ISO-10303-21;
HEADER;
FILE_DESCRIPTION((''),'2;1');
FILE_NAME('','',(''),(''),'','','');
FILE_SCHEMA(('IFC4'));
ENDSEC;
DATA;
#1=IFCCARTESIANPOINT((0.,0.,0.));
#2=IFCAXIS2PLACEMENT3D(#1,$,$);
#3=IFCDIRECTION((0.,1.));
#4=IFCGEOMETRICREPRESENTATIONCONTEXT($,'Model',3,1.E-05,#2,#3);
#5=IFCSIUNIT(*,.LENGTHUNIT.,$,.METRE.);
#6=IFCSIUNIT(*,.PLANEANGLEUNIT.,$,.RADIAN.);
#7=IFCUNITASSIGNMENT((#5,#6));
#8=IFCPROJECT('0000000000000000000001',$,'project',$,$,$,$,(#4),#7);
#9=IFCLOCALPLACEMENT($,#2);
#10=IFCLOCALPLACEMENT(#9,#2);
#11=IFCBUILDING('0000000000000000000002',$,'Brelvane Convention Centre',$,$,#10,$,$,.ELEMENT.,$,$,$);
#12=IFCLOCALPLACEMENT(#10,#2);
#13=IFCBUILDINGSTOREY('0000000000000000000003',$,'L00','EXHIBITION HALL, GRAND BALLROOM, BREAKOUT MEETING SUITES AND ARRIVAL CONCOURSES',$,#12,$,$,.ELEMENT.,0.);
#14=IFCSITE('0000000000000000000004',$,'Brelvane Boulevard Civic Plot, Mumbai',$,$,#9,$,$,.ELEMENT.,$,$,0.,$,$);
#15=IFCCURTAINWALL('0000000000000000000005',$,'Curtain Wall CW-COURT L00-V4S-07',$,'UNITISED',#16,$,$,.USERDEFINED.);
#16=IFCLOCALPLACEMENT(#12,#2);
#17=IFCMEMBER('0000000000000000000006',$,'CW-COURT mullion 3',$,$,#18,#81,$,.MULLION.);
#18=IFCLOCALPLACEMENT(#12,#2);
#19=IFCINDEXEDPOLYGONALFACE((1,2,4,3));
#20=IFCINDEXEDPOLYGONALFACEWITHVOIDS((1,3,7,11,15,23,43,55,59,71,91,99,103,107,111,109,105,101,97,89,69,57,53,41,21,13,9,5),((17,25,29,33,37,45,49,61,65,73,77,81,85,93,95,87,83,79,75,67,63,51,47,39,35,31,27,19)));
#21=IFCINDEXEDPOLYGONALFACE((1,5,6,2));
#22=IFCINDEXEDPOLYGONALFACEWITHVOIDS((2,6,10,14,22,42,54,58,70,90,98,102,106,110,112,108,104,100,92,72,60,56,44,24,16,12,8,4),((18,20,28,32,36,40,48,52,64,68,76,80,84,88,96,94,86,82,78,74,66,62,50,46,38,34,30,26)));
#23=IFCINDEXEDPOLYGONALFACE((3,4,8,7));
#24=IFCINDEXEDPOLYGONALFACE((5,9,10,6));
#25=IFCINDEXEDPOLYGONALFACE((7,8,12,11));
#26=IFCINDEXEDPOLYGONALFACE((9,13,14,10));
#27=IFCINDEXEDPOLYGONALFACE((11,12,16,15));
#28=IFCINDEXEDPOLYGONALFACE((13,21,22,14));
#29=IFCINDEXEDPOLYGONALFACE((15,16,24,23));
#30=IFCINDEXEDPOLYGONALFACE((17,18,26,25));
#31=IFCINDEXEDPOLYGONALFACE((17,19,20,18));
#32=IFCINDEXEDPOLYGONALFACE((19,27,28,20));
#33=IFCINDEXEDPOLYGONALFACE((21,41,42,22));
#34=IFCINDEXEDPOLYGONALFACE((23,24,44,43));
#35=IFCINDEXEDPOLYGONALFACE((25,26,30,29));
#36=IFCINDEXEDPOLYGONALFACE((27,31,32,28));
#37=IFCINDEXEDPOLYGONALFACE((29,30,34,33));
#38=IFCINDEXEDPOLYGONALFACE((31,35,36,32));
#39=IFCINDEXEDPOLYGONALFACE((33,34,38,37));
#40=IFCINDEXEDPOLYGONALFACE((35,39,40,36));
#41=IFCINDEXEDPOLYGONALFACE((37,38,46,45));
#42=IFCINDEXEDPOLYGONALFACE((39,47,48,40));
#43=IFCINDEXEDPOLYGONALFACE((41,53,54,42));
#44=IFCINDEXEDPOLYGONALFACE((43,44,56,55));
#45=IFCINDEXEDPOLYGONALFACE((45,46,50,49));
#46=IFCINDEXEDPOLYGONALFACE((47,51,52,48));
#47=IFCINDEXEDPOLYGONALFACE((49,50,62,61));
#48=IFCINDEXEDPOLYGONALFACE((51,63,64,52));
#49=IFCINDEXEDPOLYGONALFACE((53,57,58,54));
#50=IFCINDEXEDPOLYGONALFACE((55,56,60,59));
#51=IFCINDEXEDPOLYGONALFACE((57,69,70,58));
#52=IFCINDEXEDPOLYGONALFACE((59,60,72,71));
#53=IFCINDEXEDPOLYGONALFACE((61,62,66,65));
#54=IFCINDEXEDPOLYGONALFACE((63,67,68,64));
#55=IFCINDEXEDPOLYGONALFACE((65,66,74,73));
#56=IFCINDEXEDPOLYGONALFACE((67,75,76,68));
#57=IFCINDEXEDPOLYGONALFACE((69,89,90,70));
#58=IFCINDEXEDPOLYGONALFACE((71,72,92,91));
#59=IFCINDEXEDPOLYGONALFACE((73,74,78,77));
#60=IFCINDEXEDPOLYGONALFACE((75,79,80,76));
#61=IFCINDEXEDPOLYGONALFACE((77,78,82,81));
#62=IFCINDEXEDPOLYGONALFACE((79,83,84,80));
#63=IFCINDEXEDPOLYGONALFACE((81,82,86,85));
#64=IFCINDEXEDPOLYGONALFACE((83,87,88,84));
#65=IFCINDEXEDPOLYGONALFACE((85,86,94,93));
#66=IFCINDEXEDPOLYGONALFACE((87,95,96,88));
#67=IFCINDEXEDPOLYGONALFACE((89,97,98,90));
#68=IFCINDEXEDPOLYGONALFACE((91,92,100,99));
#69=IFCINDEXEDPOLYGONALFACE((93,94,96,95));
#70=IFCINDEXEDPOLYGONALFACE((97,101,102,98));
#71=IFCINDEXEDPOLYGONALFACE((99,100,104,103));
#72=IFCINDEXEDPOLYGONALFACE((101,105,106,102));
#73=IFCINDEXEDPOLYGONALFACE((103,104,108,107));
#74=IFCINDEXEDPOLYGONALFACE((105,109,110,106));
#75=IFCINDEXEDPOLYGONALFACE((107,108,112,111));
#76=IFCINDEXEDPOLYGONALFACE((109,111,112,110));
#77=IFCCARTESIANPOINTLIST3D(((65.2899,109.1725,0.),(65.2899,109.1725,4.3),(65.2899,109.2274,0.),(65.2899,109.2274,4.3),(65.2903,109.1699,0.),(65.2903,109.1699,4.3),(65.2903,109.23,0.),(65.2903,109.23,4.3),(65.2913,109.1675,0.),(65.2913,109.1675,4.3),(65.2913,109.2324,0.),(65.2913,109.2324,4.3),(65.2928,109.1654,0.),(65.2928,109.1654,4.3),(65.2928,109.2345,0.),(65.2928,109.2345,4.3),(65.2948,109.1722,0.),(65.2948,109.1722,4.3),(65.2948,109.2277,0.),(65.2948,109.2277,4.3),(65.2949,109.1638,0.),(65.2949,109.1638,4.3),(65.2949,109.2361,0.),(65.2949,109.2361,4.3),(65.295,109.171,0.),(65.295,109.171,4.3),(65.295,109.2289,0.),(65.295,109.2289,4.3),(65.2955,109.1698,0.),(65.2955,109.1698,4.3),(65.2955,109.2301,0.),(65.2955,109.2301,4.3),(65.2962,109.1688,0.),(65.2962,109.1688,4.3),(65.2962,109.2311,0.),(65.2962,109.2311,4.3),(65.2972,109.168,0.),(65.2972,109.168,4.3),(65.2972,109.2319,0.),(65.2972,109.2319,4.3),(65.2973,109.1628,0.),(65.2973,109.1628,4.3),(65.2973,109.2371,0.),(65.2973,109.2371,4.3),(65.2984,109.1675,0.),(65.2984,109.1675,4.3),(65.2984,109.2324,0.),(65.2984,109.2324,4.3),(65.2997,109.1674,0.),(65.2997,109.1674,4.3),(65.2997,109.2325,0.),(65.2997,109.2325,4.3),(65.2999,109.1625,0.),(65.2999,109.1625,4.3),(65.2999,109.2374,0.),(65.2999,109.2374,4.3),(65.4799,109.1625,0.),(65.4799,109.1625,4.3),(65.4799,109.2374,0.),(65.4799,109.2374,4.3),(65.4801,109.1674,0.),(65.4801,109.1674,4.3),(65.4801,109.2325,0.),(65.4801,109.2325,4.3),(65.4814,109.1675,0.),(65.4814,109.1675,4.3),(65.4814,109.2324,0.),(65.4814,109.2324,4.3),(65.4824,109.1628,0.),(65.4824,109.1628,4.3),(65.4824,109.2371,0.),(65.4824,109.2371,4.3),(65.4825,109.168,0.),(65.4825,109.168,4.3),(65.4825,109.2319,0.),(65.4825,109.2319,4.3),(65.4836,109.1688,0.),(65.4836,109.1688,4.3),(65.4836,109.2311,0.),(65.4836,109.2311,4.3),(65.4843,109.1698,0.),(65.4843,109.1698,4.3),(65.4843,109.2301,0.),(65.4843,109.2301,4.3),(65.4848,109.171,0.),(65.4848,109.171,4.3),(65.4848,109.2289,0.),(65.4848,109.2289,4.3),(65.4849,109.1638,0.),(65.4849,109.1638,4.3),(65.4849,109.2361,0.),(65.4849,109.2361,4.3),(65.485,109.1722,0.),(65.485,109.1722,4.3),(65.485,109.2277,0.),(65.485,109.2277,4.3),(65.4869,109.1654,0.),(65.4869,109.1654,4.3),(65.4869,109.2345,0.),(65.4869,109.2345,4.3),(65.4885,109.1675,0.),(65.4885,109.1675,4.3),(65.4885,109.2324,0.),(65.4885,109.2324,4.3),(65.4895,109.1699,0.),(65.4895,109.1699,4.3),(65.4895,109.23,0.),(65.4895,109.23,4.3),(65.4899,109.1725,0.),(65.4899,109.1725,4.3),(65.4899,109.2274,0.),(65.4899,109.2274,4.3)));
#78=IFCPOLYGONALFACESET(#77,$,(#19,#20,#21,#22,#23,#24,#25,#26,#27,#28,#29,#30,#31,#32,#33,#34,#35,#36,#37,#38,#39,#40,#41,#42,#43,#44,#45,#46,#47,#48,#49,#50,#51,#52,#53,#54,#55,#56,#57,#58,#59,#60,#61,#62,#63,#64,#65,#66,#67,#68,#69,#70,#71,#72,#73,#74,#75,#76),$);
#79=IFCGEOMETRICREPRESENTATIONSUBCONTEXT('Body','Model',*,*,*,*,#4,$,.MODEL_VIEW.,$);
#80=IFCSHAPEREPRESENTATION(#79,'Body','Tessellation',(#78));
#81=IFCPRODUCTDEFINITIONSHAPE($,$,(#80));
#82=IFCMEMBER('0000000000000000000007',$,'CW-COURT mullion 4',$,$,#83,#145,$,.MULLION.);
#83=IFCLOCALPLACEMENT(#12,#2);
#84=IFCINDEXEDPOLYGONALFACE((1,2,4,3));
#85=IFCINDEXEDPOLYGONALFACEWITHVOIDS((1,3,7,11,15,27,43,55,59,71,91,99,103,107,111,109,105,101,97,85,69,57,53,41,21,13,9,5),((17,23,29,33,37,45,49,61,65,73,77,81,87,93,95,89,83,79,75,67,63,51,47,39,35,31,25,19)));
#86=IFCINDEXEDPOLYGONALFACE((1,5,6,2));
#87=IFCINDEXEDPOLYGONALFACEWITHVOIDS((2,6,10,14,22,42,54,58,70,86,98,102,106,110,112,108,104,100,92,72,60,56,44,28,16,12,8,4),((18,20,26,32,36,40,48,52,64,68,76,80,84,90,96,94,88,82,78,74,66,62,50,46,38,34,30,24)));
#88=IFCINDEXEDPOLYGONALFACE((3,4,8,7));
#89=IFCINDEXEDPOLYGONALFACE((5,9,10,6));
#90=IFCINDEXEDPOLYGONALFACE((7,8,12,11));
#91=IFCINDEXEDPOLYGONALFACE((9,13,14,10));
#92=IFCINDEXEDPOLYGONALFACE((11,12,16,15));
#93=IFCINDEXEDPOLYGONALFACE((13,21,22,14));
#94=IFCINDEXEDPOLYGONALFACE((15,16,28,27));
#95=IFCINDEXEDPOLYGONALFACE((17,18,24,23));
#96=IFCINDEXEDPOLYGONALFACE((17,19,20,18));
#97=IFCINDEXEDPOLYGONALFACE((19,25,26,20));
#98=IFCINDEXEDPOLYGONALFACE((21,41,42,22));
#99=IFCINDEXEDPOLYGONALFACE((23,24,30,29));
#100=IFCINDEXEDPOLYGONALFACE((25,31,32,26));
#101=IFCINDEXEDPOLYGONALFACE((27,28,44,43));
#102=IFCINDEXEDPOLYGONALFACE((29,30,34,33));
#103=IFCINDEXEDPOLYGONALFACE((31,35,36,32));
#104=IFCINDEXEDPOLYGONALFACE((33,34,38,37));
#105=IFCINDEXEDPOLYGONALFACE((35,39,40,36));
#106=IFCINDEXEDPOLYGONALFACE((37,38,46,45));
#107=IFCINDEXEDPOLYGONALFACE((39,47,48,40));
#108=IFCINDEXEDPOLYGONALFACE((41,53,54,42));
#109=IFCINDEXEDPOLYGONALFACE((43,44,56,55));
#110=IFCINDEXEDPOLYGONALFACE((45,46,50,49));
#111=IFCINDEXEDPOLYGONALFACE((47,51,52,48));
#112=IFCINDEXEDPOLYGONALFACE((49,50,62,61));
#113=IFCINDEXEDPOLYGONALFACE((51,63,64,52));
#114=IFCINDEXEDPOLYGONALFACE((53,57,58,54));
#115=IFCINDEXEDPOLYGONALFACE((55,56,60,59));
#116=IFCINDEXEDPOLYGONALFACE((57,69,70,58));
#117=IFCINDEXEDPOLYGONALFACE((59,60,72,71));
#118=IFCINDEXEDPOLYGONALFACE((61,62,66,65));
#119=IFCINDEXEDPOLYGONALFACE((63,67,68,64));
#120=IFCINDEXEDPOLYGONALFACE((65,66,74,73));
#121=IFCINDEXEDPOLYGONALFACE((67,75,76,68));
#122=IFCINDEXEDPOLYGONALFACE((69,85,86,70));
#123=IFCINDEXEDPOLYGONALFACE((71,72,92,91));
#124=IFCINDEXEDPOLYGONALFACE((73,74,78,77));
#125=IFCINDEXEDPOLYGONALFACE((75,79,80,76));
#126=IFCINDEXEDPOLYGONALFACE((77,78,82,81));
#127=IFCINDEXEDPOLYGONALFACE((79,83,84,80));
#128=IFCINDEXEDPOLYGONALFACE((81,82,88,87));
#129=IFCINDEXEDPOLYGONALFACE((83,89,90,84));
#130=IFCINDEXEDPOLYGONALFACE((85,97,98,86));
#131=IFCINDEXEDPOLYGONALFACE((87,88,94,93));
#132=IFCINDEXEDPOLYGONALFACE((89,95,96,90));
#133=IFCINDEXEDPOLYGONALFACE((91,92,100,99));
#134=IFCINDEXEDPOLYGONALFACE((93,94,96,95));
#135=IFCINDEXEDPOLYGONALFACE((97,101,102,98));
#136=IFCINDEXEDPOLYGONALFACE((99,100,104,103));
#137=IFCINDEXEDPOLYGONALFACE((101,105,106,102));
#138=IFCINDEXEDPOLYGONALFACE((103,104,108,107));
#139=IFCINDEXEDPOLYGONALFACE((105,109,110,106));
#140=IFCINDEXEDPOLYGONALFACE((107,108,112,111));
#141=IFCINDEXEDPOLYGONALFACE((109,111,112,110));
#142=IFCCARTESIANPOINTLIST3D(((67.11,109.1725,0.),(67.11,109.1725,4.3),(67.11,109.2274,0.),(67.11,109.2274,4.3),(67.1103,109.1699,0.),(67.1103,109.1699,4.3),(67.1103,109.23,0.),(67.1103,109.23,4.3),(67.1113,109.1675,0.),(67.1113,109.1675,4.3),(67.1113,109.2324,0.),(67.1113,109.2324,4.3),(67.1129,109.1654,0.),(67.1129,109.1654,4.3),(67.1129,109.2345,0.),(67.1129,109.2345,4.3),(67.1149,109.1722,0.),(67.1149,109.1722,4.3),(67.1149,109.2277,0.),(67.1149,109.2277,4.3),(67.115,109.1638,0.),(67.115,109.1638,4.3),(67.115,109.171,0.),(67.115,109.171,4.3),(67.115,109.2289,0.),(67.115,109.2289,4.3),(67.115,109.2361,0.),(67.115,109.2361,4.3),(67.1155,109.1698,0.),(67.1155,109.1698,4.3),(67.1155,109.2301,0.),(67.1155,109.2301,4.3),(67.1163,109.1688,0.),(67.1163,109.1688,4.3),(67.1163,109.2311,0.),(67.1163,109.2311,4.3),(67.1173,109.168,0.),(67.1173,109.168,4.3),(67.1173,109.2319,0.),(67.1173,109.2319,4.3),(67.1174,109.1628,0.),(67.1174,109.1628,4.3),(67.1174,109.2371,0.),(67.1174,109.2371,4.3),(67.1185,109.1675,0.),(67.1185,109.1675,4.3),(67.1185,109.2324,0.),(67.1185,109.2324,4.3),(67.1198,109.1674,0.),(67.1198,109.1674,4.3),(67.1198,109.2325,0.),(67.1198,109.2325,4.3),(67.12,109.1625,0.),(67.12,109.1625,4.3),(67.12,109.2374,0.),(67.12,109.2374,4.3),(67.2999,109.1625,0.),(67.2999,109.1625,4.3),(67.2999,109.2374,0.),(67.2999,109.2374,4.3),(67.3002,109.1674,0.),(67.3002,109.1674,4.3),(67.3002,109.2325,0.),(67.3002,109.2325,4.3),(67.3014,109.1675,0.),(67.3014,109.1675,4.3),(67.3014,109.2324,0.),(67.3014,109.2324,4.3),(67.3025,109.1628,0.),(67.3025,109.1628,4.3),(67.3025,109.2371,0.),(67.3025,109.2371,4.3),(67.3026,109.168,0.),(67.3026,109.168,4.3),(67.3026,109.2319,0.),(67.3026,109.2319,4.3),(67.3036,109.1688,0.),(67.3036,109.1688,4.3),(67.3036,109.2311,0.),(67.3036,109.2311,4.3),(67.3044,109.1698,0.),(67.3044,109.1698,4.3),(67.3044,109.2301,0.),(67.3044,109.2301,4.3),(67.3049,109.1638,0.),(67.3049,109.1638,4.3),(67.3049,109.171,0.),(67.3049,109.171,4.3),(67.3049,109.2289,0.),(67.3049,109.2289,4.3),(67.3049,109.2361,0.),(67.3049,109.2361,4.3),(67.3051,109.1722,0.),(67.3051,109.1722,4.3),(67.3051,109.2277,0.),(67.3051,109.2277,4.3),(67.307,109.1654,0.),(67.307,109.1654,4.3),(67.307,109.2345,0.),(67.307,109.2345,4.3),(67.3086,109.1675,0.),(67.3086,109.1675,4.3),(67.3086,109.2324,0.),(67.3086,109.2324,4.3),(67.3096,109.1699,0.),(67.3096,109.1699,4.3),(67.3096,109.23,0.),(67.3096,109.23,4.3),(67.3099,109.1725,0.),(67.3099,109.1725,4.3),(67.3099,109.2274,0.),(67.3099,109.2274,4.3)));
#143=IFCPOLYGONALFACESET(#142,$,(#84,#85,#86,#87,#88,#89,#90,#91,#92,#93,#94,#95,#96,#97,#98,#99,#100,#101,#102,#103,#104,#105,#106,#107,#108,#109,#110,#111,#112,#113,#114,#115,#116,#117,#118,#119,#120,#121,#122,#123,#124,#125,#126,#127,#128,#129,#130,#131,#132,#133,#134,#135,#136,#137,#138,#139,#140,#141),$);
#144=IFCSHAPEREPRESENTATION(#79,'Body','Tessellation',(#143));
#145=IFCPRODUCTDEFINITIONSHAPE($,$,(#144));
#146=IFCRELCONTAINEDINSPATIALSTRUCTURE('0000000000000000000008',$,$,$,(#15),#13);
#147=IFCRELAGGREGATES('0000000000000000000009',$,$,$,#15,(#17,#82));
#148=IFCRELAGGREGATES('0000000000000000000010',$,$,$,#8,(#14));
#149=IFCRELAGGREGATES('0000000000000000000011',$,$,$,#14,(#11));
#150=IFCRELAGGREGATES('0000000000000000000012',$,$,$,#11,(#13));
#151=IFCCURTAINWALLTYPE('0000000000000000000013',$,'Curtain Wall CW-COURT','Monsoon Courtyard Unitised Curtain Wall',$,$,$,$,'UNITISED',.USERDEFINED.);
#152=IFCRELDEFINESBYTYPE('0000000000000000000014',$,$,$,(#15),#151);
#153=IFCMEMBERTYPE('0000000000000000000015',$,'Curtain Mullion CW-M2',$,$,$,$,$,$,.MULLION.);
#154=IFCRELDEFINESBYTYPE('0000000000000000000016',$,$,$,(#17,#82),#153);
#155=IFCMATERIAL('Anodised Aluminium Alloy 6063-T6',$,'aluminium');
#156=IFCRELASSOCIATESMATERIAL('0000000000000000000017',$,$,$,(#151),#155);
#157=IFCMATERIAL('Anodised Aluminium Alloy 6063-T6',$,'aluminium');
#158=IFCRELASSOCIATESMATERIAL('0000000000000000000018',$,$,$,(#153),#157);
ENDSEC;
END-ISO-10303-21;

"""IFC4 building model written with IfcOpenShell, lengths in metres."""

from ifc_helpers import new_model, si_unit, direction, frame, origin, origin_2d, place, context, subcontext, project, spatial, hollow_rectangle, extrude, material, material_profile, profile_set, type_object, element, aggregate, save


model = new_model("IFC4")

# Units and contexts
model_context = context("Model", 3, precision=1e-05, world=origin(), true_north=direction((0.0, 1.0)))
body_context = subcontext(model_context, "Body", "Model", "MODEL_VIEW")
ifc_project = project(units=[si_unit("LENGTHUNIT", "METRE"), si_unit("PLANEANGLEUNIT", "RADIAN")], contexts=[model_context])

# Site, building, storey
site_placement = place(None, origin())
site = spatial("IfcSite", under=ifc_project, at=site_placement, Name="Brelvane Boulevard Civic Plot, Mumbai", CompositionType="ELEMENT", RefElevation=0.0)
building_placement = place(site_placement, origin())
building = spatial("IfcBuilding", under=site, at=building_placement, Name="Brelvane Convention Centre", CompositionType="ELEMENT")
storey_placement = place(building_placement, origin())
storey = spatial("IfcBuildingStorey", under=building, at=storey_placement, Name="L00", Description="EXHIBITION HALL, GRAND BALLROOM, BREAKOUT MEETING SUITES AND ARRIVAL CONCOURSES", CompositionType="ELEMENT", Elevation=0.0)

# Curtain wall, members
ifc_material_1 = material(Name="Anodised Aluminium Alloy 6063-T6", Category="aluminium")
curtain_wall_type = type_object("IfcCurtainWallType", Name="Curtain Wall CW-COURT", Description="Monsoon Courtyard Unitised Curtain Wall", ElementType="UNITISED", PredefinedType="USERDEFINED", material=ifc_material_1)
curtain_wall_placement = place(storey_placement, origin())
curtain_wall = element("IfcCurtainWall", 1, at=curtain_wall_placement, inside=storey, type_object=curtain_wall_type, Name="Curtain Wall CW-COURT L00-V4S-07", ObjectType="UNITISED", PredefinedType="USERDEFINED")
ifc_material_2 = material(Name="Anodised Aluminium Alloy 6063-T6", Category="aluminium")
ifc_material_profile_1 = material_profile(ifc_material_2, hollow_rectangle(XDim=0.075, YDim=0.2, WallThickness=0.0049, InnerFilletRadius=0.0049, OuterFilletRadius=0.01, at=origin_2d()), Name="ALU-M 200x75x5.0")
ifc_profile_set_1 = profile_set([ifc_material_profile_1], Name="Anodised Aluminium Alloy 6063-T6")
member_type_1 = type_object("IfcMemberType", Name="Curtain Mullion CW-M2", PredefinedType="MULLION", material=ifc_profile_set_1)
member_1_placement = place(storey_placement, frame((65.3899, 109.2, 0.0), z_axis=(0.0, 0.0, 1.0), x_axis=(0.0, 1.0, 0.0)))
member_1 = element("IfcMember", 2, at=member_1_placement, type_object=member_type_1, Name="CW-COURT mullion 3", PredefinedType="MULLION", context=body_context, shape_type="SweptSolid", body=[
    extrude(hollow_rectangle(XDim=0.075, YDim=0.2, WallThickness=0.0049, InnerFilletRadius=0.0049, OuterFilletRadius=0.01, at=origin_2d()), origin(), (0.0, 0.0, 1.0), 4.3),
])
member_2_placement = place(storey_placement, frame((67.21, 109.2, 0.0), z_axis=(0.0, 0.0, 1.0), x_axis=(0.0, 1.0, 0.0)))
member_2 = element("IfcMember", 3, at=member_2_placement, type_object=member_type_1, Name="CW-COURT mullion 4", PredefinedType="MULLION", context=body_context, shape_type="SweptSolid", body=[
    extrude(hollow_rectangle(XDim=0.075, YDim=0.2, WallThickness=0.0049, InnerFilletRadius=0.0049, OuterFilletRadius=0.01, at=origin_2d()), origin(), (0.0, 0.0, 1.0), 4.3),
])
aggregate(curtain_wall, [member_1, member_2])

save(model, "model.ifc")
